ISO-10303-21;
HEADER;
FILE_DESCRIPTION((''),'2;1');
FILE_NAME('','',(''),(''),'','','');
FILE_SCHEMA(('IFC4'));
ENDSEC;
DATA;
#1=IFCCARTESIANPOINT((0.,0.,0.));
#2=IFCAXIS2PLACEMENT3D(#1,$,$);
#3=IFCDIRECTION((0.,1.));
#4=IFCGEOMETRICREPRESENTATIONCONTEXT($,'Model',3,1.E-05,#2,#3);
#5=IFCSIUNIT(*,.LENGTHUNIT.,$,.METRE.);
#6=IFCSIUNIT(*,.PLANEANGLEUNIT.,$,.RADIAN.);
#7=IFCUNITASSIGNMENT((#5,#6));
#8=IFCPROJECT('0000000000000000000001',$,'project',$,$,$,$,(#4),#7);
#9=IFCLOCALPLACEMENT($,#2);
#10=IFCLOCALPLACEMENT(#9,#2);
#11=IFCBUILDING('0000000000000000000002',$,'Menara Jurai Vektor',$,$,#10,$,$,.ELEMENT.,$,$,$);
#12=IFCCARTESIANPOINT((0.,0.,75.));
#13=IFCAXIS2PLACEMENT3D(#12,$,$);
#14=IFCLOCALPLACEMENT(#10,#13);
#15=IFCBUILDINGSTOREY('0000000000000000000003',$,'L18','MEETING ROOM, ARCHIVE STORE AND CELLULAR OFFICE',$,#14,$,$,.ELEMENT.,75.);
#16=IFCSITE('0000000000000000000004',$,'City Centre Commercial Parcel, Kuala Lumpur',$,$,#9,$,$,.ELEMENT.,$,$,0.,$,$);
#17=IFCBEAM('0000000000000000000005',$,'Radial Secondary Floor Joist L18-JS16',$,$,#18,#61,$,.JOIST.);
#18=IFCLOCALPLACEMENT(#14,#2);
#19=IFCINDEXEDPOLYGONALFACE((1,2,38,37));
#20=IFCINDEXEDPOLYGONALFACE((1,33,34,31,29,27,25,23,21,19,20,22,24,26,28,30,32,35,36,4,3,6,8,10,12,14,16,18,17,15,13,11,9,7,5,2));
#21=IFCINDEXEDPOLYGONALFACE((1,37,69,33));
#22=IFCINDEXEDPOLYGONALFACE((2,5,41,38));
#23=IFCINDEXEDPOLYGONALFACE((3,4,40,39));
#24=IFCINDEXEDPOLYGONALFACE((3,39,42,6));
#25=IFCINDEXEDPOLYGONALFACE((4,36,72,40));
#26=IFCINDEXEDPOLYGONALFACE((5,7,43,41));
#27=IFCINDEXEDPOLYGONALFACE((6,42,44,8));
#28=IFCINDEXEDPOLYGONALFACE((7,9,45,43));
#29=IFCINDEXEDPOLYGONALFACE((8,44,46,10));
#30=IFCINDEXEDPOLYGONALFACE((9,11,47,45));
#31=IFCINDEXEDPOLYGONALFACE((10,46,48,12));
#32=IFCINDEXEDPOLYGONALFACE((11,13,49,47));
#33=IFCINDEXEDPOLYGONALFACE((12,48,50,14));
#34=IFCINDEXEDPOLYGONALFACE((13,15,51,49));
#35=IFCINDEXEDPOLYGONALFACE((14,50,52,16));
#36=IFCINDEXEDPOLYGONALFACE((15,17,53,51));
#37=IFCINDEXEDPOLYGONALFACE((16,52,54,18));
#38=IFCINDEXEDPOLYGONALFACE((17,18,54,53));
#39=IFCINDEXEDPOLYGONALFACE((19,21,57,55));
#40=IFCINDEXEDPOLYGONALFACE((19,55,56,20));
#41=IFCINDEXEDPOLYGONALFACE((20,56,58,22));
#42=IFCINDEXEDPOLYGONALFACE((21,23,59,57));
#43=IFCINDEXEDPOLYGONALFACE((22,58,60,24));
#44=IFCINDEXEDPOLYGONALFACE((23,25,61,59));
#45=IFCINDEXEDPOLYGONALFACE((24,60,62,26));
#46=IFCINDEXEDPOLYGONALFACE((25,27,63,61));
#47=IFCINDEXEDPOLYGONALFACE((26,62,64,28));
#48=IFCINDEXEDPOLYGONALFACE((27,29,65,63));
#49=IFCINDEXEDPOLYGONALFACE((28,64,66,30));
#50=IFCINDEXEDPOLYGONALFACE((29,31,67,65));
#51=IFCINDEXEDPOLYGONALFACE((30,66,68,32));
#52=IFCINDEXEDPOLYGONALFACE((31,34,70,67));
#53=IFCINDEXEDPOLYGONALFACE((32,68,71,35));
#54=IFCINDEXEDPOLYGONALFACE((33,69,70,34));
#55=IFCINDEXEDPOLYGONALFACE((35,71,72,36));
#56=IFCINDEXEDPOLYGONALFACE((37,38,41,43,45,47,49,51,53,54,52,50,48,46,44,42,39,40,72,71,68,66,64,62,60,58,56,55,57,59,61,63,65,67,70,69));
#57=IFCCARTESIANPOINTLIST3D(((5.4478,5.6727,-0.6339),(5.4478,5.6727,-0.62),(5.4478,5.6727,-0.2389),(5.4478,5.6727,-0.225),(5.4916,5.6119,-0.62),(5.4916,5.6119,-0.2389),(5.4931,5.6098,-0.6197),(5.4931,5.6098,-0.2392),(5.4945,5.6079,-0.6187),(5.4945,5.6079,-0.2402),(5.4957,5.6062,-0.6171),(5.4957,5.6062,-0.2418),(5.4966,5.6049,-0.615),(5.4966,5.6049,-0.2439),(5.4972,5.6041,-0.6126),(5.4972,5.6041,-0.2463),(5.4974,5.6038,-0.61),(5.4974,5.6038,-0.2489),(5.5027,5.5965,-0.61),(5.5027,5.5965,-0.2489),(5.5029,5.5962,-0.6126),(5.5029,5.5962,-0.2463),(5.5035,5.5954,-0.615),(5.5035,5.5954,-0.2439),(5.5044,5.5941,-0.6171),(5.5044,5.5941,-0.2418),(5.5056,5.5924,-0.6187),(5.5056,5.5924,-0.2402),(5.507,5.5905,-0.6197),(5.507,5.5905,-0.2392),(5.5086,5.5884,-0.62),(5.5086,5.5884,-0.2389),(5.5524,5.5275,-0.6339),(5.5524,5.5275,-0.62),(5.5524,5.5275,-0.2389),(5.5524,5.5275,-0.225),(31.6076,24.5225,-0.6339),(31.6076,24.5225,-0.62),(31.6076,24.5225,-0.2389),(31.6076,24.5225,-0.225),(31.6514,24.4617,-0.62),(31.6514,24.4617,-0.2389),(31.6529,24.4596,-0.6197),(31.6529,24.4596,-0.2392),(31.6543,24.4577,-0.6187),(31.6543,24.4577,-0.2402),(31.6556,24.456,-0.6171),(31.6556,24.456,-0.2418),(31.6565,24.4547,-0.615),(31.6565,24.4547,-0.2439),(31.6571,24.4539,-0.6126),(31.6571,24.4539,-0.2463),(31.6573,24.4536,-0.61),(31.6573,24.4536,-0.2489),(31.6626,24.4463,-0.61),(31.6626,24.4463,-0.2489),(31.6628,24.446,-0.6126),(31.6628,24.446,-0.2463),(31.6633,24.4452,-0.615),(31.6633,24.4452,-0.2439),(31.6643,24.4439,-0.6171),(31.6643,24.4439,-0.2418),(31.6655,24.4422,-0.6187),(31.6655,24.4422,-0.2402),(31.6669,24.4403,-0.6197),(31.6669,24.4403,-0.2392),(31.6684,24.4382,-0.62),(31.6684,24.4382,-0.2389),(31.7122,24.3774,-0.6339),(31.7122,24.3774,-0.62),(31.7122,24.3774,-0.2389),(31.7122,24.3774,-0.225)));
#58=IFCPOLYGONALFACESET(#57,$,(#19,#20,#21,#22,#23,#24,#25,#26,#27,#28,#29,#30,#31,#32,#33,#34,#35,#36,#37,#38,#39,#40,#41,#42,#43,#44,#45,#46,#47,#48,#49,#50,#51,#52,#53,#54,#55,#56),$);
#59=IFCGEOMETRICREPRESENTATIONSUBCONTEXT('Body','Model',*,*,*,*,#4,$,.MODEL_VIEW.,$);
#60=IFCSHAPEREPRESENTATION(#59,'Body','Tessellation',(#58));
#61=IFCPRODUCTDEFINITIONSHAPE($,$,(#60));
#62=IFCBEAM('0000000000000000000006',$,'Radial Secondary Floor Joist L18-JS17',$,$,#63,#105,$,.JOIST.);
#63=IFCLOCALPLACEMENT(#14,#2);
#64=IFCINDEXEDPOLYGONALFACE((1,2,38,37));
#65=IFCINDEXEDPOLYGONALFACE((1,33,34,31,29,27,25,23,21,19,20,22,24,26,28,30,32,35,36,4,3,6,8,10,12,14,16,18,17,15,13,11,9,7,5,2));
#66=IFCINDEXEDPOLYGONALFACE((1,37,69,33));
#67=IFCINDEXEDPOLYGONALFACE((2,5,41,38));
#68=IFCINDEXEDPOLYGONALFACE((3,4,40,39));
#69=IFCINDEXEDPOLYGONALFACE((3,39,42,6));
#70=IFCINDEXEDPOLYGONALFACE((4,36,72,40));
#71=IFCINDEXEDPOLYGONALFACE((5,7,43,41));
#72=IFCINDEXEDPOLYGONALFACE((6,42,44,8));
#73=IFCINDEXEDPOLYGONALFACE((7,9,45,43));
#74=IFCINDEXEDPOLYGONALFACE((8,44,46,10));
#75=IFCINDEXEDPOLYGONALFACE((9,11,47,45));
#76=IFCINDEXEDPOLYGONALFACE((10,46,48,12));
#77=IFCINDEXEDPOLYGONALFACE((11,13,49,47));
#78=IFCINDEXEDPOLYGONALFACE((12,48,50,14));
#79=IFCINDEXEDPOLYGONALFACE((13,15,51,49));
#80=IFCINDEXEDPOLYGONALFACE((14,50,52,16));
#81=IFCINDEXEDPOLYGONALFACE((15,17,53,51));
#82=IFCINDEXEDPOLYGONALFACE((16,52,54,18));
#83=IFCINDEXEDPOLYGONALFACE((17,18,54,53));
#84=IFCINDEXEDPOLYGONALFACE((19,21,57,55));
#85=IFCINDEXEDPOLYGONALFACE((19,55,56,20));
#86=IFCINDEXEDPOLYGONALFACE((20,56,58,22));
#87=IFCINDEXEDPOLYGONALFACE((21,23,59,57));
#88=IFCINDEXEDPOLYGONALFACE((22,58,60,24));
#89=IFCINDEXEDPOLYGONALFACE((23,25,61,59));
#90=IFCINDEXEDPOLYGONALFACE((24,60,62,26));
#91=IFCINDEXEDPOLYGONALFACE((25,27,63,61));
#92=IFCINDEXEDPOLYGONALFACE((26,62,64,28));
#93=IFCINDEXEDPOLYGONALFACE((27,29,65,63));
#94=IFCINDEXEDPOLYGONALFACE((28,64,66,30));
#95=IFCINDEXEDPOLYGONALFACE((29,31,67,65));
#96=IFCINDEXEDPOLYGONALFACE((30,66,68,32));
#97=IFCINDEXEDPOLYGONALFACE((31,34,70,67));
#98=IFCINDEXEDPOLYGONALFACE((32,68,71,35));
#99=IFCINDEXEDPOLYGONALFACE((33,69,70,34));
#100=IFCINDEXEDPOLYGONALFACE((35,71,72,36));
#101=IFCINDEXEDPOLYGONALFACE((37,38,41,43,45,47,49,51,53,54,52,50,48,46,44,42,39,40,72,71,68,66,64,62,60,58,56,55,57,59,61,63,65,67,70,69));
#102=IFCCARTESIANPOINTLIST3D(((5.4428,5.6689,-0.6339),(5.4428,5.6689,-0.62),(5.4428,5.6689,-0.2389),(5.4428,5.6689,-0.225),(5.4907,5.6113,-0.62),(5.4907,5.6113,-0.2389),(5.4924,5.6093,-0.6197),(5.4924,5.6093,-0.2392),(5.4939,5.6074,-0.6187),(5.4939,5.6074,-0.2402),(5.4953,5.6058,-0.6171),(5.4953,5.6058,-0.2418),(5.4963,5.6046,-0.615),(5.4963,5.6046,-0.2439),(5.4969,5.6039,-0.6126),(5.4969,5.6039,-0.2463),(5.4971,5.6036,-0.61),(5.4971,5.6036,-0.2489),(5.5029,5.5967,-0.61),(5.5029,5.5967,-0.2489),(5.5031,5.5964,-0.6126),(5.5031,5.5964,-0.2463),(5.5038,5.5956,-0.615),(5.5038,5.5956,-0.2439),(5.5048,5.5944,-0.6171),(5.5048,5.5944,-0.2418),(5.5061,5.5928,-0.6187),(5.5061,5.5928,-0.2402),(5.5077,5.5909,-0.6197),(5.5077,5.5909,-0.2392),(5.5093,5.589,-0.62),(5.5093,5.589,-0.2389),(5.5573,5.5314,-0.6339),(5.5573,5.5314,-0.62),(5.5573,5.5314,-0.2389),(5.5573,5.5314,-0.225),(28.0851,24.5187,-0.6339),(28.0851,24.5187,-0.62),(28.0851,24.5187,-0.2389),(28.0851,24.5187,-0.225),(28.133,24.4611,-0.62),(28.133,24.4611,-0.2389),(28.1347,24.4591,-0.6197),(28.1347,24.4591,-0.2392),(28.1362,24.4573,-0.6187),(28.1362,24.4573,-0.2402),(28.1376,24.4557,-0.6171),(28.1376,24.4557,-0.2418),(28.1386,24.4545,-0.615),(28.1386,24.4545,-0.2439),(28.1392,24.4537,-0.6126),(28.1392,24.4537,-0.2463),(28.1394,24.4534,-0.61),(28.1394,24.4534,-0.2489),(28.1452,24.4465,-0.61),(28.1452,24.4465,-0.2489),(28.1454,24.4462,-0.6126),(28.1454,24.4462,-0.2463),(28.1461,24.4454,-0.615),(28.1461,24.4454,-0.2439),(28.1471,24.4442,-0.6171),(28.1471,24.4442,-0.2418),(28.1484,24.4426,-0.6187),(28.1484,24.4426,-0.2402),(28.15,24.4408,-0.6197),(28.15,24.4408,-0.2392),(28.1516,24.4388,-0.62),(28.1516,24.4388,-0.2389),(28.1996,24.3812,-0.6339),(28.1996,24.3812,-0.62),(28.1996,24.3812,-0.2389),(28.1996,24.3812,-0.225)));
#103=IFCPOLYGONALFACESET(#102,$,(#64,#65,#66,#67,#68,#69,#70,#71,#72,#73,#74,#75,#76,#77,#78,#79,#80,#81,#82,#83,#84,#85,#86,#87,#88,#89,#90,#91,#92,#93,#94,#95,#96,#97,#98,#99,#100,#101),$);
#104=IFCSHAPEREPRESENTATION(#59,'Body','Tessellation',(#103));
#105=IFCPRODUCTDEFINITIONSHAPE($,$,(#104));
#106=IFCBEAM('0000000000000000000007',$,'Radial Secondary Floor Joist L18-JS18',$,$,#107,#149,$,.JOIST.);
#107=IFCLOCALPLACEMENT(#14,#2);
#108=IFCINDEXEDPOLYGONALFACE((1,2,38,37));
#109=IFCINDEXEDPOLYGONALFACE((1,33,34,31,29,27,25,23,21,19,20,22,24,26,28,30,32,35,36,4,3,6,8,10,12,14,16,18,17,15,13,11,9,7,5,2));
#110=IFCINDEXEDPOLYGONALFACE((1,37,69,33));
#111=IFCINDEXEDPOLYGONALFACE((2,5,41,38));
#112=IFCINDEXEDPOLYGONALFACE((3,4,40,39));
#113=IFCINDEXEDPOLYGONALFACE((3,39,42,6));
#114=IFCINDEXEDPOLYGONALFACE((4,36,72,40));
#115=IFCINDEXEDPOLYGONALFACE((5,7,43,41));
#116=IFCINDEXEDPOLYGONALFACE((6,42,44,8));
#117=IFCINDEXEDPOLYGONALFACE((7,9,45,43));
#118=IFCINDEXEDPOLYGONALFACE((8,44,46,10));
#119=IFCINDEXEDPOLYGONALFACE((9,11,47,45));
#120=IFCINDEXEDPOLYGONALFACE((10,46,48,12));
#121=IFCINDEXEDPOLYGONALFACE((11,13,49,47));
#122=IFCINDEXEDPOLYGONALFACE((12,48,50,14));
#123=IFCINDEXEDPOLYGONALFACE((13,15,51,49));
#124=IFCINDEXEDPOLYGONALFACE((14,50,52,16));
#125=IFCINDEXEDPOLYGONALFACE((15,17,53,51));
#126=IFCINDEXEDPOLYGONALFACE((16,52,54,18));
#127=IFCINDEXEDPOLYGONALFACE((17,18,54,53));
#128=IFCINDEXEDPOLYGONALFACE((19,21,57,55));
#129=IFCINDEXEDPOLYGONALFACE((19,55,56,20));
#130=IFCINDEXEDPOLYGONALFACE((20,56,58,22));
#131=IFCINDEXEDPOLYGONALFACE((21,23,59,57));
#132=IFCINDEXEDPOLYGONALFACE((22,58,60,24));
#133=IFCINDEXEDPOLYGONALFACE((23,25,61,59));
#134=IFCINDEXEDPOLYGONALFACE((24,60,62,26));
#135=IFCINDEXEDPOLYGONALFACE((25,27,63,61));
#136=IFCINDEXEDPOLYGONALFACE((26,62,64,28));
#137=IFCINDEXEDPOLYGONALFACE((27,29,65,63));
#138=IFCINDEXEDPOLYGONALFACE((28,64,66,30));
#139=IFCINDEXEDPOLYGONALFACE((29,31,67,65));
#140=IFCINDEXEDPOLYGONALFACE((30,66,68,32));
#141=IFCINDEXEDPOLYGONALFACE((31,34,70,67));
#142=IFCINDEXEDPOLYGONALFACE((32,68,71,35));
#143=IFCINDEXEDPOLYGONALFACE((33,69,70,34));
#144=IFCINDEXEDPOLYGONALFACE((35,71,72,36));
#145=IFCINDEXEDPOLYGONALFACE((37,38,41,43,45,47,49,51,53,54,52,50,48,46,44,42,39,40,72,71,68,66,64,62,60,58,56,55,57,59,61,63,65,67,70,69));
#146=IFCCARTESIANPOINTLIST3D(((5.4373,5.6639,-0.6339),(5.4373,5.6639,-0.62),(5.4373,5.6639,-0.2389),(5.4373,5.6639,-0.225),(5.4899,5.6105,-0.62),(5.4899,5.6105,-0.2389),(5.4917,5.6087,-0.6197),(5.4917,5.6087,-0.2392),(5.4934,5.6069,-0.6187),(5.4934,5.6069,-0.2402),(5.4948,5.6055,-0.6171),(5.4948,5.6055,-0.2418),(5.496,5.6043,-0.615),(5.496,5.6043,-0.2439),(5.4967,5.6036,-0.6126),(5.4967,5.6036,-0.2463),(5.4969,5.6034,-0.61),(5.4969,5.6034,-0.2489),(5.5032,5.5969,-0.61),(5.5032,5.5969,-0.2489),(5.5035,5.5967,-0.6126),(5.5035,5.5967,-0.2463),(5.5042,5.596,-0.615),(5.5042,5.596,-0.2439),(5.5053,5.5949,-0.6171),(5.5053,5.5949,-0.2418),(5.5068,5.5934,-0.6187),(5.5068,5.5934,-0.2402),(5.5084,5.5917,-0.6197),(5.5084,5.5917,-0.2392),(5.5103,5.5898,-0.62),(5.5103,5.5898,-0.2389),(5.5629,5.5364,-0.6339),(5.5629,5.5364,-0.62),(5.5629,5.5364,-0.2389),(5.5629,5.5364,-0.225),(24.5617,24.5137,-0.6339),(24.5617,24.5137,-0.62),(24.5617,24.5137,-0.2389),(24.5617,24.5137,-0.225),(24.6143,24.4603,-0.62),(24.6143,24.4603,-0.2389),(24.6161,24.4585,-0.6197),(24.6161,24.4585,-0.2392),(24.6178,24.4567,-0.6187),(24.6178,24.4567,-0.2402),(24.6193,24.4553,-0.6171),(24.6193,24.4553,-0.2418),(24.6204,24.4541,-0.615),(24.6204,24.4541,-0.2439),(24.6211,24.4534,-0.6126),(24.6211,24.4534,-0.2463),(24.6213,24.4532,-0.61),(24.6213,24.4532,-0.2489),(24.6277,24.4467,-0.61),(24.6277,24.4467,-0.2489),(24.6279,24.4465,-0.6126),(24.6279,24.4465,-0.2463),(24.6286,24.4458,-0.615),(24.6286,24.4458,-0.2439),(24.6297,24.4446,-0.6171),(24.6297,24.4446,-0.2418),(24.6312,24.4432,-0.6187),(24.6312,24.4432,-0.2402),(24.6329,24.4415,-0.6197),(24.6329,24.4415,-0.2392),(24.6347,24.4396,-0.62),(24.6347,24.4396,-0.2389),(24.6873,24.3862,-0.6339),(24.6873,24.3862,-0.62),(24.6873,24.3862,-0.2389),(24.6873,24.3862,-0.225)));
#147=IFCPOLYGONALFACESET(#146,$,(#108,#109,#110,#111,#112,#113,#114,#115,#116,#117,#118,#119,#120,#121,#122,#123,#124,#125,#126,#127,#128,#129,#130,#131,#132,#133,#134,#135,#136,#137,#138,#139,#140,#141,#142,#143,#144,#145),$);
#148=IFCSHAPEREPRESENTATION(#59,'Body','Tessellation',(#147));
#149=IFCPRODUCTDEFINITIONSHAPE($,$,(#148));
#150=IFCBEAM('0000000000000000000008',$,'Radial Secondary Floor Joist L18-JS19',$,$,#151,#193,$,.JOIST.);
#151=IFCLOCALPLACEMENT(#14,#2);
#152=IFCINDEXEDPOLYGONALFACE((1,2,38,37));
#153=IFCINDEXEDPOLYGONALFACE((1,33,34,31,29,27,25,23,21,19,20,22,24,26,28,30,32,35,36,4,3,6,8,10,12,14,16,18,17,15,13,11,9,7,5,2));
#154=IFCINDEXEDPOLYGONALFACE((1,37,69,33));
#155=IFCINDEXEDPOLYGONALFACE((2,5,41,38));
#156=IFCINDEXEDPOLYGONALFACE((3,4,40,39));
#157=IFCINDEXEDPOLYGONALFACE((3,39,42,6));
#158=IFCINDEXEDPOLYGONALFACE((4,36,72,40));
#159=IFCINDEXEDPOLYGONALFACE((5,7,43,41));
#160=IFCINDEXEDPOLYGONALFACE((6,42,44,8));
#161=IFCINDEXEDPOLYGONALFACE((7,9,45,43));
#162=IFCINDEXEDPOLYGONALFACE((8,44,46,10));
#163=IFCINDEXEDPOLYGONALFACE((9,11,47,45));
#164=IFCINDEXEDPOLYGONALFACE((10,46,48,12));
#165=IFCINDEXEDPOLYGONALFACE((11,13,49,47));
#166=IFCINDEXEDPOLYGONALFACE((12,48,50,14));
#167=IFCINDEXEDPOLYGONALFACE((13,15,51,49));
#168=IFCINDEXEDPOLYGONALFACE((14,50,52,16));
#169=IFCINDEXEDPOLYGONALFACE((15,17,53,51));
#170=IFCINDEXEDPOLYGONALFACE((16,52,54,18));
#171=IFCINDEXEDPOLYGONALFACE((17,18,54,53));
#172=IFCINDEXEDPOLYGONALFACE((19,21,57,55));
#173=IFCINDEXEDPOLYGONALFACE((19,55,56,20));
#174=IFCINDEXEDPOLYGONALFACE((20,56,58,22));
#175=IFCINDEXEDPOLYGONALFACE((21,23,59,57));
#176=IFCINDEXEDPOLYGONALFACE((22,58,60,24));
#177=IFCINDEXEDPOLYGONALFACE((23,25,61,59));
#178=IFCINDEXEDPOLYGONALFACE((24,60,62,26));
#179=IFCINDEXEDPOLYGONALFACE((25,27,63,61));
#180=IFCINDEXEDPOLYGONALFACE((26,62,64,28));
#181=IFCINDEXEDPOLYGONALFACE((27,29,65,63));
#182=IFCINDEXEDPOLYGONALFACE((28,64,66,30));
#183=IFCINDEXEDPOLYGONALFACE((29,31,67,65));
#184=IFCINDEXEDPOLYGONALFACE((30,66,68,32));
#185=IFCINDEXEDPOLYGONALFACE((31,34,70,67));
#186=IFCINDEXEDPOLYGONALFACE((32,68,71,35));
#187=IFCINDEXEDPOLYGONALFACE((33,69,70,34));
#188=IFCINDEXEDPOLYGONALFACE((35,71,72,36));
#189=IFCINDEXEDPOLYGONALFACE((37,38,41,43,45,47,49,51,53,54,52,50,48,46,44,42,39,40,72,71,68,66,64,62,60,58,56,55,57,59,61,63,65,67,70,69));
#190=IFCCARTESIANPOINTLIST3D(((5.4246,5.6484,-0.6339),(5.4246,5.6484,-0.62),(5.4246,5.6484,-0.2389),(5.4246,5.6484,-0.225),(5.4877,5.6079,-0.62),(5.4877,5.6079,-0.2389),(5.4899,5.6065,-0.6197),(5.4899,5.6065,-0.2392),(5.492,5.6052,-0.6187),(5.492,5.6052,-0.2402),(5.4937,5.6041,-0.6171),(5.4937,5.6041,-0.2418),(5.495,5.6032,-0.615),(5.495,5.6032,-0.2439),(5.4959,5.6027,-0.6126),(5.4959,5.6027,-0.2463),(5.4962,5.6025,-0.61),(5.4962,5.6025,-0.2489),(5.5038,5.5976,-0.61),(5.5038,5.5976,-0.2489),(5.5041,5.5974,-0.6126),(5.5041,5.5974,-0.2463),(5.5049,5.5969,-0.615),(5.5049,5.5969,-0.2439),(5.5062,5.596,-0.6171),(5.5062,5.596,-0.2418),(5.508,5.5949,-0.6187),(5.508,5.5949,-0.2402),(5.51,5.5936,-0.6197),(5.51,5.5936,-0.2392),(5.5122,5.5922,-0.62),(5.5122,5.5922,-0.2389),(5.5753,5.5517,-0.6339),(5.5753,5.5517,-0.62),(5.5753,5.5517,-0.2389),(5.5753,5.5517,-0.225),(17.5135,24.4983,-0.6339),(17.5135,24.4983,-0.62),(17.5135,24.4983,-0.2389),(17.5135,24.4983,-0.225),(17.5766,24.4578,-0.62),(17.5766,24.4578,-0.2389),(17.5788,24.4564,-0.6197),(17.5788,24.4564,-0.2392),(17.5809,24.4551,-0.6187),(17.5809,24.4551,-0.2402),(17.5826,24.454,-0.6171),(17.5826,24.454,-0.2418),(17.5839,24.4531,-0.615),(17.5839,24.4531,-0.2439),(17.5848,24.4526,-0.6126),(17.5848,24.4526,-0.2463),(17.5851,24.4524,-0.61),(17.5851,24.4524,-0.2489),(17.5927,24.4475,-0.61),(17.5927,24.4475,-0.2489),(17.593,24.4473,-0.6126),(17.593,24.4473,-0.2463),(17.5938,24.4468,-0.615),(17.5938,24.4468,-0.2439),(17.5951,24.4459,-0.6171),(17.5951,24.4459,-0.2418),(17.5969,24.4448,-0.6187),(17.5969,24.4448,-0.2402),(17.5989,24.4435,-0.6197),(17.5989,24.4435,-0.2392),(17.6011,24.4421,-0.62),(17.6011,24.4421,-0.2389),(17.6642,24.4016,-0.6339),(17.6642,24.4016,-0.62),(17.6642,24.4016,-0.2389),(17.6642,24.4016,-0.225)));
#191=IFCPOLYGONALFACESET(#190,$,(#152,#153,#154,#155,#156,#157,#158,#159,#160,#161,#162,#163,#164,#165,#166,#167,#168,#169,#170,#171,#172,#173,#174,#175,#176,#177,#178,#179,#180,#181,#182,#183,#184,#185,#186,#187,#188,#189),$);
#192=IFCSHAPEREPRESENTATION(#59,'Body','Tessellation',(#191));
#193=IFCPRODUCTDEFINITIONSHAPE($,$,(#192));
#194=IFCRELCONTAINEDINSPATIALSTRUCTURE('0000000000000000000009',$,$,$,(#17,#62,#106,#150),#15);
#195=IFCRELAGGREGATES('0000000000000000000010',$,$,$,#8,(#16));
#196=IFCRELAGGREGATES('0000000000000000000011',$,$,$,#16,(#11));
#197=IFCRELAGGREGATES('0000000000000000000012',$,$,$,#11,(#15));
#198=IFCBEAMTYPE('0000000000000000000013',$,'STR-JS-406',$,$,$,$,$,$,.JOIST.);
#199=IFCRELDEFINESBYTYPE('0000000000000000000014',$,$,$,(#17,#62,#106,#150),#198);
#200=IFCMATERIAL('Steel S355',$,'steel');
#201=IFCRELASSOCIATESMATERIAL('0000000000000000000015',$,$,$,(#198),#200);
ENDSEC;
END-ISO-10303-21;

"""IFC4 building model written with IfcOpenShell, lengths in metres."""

from ifc_helpers import new_model, si_unit, direction, frame, origin, origin_2d, place, context, subcontext, project, spatial, i_section, extrude, material, material_profile, profile_set, type_object, element, save


model = new_model("IFC4")

# Units and contexts
model_context = context("Model", 3, precision=1e-05, world=origin(), true_north=direction((0.0, 1.0)))
body_context = subcontext(model_context, "Body", "Model", "MODEL_VIEW")
ifc_project = project(units=[si_unit("LENGTHUNIT", "METRE"), si_unit("PLANEANGLEUNIT", "RADIAN")], contexts=[model_context])

# Site, building, storey
site_placement = place(None, origin())
site = spatial("IfcSite", under=ifc_project, at=site_placement, Name="City Centre Commercial Parcel, Kuala Lumpur", CompositionType="ELEMENT", RefElevation=0.0)
building_placement = place(site_placement, origin())
building = spatial("IfcBuilding", under=site, at=building_placement, Name="Menara Jurai Vektor", CompositionType="ELEMENT")
storey_placement = place(building_placement, frame((0.0, 0.0, 75.0)))
storey = spatial("IfcBuildingStorey", under=building, at=storey_placement, Name="L18", Description="MEETING ROOM, ARCHIVE STORE AND CELLULAR OFFICE", CompositionType="ELEMENT", Elevation=75.0)

# Beams
ifc_material_1 = material(Name="Steel S355", Category="steel")
ifc_material_profile_1 = material_profile(ifc_material_1, i_section(OverallWidth=0.179, OverallDepth=0.4089, WebThickness=0.009, FlangeThickness=0.0139, FilletRadius=0.01, at=origin_2d()), Name="UKB 406x178x67")
ifc_profile_set_1 = profile_set([ifc_material_profile_1], Name="Steel S355")
beam_type_1 = type_object("IfcBeamType", Name="STR-JS-406", PredefinedType="JOIST", material=ifc_profile_set_1)
beam_1_placement = place(storey_placement, frame((31.6599, 24.45, -0.4294), z_axis=(-0.811318, -0.584605, 0.0), x_axis=(0.584605, -0.811318, 0.0)))
element("IfcBeam", 1, at=beam_1_placement, inside=storey, type_object=beam_type_1, Name="Radial Secondary Floor Joist L18-JS16", PredefinedType="JOIST", context=body_context, shape_type="SweptSolid", body=[
    extrude(i_section(OverallWidth=0.179, OverallDepth=0.4089, WebThickness=0.009, FlangeThickness=0.0139, FilletRadius=0.01, at=origin_2d()), origin(), (0.0, 0.0, 1.0), 32.2437),
])
beam_2_placement = place(storey_placement, frame((28.1423, 24.45, -0.4294), z_axis=(-0.768534, -0.639809, 0.0), x_axis=(0.639809, -0.768534, 0.0)))
element("IfcBeam", 2, at=beam_2_placement, inside=storey, type_object=beam_type_1, Name="Radial Secondary Floor Joist L18-JS17", PredefinedType="JOIST", context=body_context, shape_type="SweptSolid", body=[
    extrude(i_section(OverallWidth=0.179, OverallDepth=0.4089, WebThickness=0.009, FlangeThickness=0.0139, FilletRadius=0.01, at=origin_2d()), origin(), (0.0, 0.0, 1.0), 29.4617),
])
beam_3_placement = place(storey_placement, frame((24.6245, 24.45, -0.4294), z_axis=(-0.712202, -0.701974, 0.0), x_axis=(0.701974, -0.712202, 0.0)))
element("IfcBeam", 3, at=beam_3_placement, inside=storey, type_object=beam_type_1, Name="Radial Secondary Floor Joist L18-JS18", PredefinedType="JOIST", context=body_context, shape_type="SweptSolid", body=[
    extrude(i_section(OverallWidth=0.179, OverallDepth=0.4089, WebThickness=0.009, FlangeThickness=0.0139, FilletRadius=0.01, at=origin_2d()), origin(), (0.0, 0.0, 1.0), 26.8525),
])
beam_4_placement = place(storey_placement, frame((17.5889, 24.45, -0.4294), z_axis=(-0.539844, -0.841765, 0.0), x_axis=(0.841765, -0.539844, 0.0)))
element("IfcBeam", 4, at=beam_4_placement, inside=storey, type_object=beam_type_1, Name="Radial Secondary Floor Joist L18-JS19", PredefinedType="JOIST", context=body_context, shape_type="SweptSolid", body=[
    extrude(i_section(OverallWidth=0.179, OverallDepth=0.4089, WebThickness=0.009, FlangeThickness=0.0139, FilletRadius=0.01, at=origin_2d()), origin(), (0.0, 0.0, 1.0), 22.3933),
])

save(model, "model.ifc")
